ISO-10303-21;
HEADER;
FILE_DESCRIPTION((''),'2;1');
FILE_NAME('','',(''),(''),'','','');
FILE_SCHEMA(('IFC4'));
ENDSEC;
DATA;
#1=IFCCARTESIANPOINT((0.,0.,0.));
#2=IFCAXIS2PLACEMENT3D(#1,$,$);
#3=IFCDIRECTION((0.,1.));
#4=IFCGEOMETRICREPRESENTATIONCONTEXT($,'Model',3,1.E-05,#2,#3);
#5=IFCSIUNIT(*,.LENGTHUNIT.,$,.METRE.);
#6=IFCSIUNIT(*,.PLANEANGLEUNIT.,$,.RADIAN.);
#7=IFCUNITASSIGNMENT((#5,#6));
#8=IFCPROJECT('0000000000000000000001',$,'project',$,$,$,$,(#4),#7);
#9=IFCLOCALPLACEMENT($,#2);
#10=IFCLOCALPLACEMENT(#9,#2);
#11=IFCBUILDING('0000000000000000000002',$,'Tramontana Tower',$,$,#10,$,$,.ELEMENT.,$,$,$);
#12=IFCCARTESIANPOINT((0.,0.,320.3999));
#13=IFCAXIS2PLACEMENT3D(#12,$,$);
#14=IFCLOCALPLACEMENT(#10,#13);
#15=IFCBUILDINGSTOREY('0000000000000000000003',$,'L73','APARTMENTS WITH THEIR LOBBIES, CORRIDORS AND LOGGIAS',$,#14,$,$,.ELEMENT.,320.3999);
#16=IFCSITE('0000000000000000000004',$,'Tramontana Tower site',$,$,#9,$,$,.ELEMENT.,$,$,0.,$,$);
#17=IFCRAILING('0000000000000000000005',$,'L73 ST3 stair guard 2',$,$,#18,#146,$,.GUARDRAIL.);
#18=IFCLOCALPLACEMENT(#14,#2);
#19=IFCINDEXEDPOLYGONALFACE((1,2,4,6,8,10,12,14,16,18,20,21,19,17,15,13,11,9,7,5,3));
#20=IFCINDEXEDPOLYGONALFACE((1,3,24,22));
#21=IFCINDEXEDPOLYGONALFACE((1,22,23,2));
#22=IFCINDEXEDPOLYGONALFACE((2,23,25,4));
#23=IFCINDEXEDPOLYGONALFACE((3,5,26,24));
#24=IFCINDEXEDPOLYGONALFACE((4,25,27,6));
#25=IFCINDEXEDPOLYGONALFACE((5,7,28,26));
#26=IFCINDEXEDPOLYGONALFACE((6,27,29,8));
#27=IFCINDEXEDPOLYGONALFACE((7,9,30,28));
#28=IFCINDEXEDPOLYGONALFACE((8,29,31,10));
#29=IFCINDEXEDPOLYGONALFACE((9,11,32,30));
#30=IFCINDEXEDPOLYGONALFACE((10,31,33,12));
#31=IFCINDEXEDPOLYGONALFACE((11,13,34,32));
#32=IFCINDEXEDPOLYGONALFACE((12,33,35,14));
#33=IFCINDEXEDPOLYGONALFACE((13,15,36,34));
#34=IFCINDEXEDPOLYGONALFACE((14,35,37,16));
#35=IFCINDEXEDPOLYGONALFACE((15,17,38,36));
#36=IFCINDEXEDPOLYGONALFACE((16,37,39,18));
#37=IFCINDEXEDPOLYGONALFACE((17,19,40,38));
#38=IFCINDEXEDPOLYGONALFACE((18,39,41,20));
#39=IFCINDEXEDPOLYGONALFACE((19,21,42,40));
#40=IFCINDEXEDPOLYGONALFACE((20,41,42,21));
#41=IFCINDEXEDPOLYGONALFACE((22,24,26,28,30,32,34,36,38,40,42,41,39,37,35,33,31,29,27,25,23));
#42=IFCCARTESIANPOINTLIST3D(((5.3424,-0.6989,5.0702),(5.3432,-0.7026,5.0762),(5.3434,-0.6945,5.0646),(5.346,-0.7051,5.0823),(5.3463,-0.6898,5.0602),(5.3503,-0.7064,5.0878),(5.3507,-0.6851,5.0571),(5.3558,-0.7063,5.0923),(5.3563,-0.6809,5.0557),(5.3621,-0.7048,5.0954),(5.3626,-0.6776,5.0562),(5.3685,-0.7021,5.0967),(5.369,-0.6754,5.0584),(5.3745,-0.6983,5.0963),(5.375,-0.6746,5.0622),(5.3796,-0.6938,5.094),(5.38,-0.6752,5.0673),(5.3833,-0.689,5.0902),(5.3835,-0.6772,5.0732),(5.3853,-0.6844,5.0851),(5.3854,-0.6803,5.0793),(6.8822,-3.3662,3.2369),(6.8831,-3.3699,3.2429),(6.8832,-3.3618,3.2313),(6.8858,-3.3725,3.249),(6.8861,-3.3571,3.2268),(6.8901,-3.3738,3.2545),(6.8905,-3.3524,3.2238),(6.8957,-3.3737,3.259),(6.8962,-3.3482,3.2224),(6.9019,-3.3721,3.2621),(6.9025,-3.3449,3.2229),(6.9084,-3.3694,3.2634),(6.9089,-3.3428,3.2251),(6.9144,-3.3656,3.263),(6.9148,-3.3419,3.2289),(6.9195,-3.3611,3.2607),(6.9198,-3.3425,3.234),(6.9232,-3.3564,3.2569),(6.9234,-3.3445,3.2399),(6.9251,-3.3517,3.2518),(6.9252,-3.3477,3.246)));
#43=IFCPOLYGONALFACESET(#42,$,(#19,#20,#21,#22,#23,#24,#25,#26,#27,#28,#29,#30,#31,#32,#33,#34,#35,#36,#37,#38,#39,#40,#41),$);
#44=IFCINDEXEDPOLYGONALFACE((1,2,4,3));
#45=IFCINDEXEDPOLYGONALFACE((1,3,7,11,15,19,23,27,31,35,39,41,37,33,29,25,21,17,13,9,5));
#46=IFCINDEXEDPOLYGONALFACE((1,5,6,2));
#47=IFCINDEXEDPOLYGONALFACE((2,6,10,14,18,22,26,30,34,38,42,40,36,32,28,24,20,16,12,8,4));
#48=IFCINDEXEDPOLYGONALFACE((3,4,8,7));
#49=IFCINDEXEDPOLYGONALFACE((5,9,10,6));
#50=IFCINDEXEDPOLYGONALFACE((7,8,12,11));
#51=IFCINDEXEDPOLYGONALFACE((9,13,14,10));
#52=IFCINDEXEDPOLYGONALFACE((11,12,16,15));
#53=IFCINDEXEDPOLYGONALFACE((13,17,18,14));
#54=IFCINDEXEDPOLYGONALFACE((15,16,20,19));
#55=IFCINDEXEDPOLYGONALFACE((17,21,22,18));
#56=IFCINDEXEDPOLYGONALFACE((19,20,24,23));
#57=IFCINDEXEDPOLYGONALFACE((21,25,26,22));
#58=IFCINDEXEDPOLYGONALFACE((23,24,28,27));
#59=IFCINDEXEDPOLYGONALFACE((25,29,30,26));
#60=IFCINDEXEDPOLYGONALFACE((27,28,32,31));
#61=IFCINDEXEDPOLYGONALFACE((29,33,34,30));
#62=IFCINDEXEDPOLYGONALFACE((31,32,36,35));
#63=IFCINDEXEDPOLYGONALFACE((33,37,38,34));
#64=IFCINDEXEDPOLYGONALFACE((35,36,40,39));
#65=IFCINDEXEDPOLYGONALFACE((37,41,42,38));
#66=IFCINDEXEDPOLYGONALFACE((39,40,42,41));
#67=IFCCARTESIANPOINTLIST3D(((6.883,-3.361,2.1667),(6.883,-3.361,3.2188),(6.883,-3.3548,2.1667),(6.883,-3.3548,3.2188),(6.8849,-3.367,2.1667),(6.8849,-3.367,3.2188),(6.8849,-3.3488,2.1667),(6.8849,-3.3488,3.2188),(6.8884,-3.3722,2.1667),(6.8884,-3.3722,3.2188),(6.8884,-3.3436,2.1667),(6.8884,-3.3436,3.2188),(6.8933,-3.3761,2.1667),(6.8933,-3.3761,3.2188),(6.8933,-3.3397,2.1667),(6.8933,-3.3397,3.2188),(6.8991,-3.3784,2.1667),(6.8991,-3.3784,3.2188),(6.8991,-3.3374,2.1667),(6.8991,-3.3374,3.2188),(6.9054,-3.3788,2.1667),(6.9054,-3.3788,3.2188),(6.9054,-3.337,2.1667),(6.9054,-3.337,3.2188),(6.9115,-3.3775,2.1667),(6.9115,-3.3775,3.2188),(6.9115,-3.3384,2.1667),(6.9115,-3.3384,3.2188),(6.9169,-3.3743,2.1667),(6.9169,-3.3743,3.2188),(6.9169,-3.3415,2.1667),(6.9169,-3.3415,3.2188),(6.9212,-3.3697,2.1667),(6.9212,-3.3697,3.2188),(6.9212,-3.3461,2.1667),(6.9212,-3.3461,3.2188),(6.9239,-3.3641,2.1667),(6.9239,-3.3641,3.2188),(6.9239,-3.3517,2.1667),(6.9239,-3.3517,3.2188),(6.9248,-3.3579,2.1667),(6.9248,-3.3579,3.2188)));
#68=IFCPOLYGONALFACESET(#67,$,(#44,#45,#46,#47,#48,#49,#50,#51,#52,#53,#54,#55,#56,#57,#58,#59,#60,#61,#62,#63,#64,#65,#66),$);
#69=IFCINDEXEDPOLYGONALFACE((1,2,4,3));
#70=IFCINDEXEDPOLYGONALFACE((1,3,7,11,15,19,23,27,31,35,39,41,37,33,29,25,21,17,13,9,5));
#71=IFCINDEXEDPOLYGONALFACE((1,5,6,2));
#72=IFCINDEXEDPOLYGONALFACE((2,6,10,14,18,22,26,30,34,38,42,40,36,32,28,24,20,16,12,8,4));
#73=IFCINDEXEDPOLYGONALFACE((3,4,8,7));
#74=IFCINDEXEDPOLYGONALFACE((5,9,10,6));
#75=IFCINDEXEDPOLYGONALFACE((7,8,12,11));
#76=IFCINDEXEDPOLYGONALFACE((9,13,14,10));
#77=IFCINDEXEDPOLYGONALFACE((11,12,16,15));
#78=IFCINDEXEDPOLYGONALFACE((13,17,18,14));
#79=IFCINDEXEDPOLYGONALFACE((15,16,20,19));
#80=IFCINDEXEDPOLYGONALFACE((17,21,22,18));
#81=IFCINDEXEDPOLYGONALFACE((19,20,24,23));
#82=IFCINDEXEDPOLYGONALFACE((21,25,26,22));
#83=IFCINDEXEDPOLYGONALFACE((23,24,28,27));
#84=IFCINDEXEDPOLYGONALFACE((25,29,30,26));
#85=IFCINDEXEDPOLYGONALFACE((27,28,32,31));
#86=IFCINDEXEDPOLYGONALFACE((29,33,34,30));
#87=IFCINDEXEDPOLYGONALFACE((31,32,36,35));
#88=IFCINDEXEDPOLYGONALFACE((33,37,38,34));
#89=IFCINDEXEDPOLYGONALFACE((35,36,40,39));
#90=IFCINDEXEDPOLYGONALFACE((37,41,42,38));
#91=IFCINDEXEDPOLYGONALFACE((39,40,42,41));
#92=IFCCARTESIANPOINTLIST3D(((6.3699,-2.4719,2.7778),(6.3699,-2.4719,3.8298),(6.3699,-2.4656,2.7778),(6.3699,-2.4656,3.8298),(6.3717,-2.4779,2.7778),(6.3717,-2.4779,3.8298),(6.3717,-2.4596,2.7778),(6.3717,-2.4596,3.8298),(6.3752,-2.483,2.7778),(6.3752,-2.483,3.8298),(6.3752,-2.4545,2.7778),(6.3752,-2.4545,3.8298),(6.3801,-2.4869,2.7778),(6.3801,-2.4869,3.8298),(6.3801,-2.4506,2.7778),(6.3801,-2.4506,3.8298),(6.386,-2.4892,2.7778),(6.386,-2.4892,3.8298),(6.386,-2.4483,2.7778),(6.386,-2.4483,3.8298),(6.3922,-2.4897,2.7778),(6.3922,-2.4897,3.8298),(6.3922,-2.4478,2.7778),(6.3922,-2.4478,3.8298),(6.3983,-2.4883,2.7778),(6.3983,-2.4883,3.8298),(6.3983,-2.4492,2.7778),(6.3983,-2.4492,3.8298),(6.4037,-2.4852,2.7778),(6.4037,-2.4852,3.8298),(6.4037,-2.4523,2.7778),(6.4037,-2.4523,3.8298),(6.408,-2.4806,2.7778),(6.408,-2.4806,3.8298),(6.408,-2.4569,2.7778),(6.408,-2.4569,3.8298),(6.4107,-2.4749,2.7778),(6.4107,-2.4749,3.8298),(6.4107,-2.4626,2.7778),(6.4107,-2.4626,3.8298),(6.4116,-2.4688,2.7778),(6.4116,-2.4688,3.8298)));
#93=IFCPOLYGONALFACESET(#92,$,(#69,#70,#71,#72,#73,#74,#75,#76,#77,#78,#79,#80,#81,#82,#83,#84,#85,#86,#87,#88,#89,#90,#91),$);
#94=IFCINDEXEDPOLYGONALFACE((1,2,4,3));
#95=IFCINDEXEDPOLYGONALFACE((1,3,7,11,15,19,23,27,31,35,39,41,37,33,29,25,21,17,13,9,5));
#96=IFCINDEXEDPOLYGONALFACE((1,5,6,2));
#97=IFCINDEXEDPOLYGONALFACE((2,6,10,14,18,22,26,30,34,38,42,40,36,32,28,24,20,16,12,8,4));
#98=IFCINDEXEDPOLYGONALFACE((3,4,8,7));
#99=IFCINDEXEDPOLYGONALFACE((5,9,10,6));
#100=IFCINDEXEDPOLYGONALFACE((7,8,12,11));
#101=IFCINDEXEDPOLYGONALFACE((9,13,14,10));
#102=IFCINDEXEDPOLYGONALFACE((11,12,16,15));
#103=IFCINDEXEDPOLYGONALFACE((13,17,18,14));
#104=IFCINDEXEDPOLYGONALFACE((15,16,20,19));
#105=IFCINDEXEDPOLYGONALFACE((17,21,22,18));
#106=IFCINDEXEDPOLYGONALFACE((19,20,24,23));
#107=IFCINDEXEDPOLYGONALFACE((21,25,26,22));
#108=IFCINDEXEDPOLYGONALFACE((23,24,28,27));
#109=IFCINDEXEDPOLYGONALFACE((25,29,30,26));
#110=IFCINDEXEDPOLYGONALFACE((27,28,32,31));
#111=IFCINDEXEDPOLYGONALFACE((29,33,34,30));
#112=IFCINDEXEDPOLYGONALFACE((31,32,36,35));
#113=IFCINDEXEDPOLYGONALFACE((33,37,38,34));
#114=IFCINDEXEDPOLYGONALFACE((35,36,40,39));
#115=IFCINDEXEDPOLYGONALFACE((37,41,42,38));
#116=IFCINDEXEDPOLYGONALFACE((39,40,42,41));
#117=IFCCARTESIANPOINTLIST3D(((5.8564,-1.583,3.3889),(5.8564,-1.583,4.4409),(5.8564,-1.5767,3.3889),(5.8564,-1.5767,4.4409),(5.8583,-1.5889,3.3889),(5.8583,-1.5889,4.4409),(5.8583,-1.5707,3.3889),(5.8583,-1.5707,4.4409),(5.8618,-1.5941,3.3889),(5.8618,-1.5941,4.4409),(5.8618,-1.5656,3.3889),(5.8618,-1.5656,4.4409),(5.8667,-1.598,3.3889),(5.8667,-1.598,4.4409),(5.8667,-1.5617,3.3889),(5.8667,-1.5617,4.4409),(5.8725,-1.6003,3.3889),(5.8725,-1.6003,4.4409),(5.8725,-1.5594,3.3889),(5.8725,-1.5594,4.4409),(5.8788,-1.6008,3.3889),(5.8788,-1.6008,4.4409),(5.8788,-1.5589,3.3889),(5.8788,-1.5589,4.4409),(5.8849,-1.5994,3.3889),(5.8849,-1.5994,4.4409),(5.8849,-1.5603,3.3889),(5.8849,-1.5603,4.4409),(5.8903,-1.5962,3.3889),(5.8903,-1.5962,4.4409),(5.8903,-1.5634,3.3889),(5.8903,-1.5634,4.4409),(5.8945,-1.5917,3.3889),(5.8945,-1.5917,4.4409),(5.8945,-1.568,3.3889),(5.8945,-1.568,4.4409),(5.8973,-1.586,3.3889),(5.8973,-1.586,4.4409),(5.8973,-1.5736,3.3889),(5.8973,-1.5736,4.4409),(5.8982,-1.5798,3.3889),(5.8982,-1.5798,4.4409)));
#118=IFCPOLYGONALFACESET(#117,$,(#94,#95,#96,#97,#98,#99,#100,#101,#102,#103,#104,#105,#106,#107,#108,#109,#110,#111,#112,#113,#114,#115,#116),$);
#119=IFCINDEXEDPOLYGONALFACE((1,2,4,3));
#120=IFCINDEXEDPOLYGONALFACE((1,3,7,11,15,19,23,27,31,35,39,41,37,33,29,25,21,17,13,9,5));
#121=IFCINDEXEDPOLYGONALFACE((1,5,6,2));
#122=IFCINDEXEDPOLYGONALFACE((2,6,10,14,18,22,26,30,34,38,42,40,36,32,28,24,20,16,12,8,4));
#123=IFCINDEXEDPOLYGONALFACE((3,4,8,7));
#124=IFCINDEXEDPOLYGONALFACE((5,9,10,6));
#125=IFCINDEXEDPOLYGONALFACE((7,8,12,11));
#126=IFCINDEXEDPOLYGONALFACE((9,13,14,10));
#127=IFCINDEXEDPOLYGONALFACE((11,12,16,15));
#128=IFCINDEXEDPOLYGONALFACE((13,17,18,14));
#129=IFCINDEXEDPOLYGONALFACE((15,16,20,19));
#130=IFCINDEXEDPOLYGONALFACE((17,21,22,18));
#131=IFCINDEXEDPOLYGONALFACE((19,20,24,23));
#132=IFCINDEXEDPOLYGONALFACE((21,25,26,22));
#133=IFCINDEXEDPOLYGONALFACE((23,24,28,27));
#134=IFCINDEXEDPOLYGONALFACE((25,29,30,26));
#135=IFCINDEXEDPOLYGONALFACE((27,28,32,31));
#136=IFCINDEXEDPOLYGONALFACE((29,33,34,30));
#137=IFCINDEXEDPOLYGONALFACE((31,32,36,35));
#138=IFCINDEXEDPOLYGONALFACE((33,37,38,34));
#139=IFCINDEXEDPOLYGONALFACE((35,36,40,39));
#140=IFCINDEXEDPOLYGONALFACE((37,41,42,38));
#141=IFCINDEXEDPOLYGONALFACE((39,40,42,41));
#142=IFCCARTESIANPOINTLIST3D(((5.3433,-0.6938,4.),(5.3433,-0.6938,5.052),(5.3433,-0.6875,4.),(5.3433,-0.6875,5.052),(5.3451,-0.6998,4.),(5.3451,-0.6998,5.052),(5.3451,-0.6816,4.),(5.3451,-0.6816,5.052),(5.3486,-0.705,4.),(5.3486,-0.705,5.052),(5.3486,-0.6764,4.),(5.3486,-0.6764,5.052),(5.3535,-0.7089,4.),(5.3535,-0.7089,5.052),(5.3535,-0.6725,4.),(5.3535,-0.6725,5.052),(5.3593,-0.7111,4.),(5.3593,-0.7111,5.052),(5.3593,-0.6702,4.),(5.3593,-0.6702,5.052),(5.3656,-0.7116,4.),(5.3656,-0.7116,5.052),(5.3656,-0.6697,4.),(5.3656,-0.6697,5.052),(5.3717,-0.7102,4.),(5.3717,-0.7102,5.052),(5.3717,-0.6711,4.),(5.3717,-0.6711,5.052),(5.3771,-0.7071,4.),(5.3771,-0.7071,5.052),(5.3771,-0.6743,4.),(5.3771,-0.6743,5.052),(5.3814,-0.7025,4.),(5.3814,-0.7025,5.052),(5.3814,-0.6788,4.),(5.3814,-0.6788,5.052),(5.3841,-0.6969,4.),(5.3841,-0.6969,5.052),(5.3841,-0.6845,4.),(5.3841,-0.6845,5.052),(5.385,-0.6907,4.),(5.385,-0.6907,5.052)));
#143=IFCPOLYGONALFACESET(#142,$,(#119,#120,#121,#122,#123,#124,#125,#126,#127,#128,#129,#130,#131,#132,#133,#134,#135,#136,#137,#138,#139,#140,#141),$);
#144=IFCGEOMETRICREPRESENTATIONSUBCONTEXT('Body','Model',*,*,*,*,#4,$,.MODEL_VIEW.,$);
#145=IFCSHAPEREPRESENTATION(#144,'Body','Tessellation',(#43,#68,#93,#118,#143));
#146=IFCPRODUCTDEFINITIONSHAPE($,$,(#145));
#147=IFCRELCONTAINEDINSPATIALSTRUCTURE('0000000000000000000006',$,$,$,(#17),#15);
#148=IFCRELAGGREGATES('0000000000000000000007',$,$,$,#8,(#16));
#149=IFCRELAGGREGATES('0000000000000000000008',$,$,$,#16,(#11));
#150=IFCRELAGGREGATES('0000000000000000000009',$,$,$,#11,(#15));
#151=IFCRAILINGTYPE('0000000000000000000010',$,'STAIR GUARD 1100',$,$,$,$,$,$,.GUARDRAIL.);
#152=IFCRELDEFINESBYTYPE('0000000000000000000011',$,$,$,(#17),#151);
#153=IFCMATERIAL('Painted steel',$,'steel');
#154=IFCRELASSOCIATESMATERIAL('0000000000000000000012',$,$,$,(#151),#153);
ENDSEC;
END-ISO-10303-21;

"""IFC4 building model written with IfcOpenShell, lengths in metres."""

from ifc_helpers import new_model, si_unit, direction, frame, origin, origin_2d, place, context, subcontext, project, spatial, circle, extrude, material, type_object, element, save


model = new_model("IFC4")

# Units and contexts
model_context = context("Model", 3, precision=1e-05, world=origin(), true_north=direction((0.0, 1.0)))
body_context = subcontext(model_context, "Body", "Model", "MODEL_VIEW")
ifc_project = project(units=[si_unit("LENGTHUNIT", "METRE"), si_unit("PLANEANGLEUNIT", "RADIAN")], contexts=[model_context])

# Site, building, storey
site_placement = place(None, origin())
site = spatial("IfcSite", under=ifc_project, at=site_placement, Name="Tramontana Tower site", CompositionType="ELEMENT", RefElevation=0.0)
building_placement = place(site_placement, origin())
building = spatial("IfcBuilding", under=site, at=building_placement, Name="Tramontana Tower", CompositionType="ELEMENT")
storey_placement = place(building_placement, frame((0.0, 0.0, 320.3999)))
storey = spatial("IfcBuildingStorey", under=building, at=storey_placement, Name="L73", Description="APARTMENTS WITH THEIR LOBBIES, CORRIDORS AND LOGGIAS", CompositionType="ELEMENT", Elevation=320.3999)

# Railing
ifc_material_1 = material(Name="Painted steel", Category="steel")
railing_type_1 = type_object("IfcRailingType", Name="STAIR GUARD 1100", PredefinedType="GUARDRAIL", material=ifc_material_1)
railing_1_placement = place(storey_placement, frame((6.9038, -3.3579, 2.1667)))
element("IfcRailing", 1, at=railing_1_placement, inside=storey, type_object=railing_type_1, Name="L73 ST3 stair guard 2", PredefinedType="GUARDRAIL", context=body_context, shape_type="SweptSolid", body=[
    extrude(circle(Radius=0.0239, at=origin_2d()), frame((0.0, 0.0, 1.0762), z_axis=(-0.429616, 0.744181, 0.511493), x_axis=(-0.866044, -0.499967, 0.0)), (0.0, 0.0, 1.0), 3.5842),
    extrude(circle(Radius=0.021, at=origin_2d()), origin(), (0.0, 0.0, 1.0), 1.052),
    extrude(circle(Radius=0.021, at=origin_2d()), frame((-0.5132, 0.8892, 0.6111)), (0.0, 0.0, 1.0), 1.052),
    extrude(circle(Radius=0.021, at=origin_2d()), frame((-1.0266, 1.7781, 1.2222)), (0.0, 0.0, 1.0), 1.052),
    extrude(circle(Radius=0.021, at=origin_2d()), frame((-1.5398, 2.6672, 1.8333)), (0.0, 0.0, 1.0), 1.052),
])

save(model, "model.ifc")
